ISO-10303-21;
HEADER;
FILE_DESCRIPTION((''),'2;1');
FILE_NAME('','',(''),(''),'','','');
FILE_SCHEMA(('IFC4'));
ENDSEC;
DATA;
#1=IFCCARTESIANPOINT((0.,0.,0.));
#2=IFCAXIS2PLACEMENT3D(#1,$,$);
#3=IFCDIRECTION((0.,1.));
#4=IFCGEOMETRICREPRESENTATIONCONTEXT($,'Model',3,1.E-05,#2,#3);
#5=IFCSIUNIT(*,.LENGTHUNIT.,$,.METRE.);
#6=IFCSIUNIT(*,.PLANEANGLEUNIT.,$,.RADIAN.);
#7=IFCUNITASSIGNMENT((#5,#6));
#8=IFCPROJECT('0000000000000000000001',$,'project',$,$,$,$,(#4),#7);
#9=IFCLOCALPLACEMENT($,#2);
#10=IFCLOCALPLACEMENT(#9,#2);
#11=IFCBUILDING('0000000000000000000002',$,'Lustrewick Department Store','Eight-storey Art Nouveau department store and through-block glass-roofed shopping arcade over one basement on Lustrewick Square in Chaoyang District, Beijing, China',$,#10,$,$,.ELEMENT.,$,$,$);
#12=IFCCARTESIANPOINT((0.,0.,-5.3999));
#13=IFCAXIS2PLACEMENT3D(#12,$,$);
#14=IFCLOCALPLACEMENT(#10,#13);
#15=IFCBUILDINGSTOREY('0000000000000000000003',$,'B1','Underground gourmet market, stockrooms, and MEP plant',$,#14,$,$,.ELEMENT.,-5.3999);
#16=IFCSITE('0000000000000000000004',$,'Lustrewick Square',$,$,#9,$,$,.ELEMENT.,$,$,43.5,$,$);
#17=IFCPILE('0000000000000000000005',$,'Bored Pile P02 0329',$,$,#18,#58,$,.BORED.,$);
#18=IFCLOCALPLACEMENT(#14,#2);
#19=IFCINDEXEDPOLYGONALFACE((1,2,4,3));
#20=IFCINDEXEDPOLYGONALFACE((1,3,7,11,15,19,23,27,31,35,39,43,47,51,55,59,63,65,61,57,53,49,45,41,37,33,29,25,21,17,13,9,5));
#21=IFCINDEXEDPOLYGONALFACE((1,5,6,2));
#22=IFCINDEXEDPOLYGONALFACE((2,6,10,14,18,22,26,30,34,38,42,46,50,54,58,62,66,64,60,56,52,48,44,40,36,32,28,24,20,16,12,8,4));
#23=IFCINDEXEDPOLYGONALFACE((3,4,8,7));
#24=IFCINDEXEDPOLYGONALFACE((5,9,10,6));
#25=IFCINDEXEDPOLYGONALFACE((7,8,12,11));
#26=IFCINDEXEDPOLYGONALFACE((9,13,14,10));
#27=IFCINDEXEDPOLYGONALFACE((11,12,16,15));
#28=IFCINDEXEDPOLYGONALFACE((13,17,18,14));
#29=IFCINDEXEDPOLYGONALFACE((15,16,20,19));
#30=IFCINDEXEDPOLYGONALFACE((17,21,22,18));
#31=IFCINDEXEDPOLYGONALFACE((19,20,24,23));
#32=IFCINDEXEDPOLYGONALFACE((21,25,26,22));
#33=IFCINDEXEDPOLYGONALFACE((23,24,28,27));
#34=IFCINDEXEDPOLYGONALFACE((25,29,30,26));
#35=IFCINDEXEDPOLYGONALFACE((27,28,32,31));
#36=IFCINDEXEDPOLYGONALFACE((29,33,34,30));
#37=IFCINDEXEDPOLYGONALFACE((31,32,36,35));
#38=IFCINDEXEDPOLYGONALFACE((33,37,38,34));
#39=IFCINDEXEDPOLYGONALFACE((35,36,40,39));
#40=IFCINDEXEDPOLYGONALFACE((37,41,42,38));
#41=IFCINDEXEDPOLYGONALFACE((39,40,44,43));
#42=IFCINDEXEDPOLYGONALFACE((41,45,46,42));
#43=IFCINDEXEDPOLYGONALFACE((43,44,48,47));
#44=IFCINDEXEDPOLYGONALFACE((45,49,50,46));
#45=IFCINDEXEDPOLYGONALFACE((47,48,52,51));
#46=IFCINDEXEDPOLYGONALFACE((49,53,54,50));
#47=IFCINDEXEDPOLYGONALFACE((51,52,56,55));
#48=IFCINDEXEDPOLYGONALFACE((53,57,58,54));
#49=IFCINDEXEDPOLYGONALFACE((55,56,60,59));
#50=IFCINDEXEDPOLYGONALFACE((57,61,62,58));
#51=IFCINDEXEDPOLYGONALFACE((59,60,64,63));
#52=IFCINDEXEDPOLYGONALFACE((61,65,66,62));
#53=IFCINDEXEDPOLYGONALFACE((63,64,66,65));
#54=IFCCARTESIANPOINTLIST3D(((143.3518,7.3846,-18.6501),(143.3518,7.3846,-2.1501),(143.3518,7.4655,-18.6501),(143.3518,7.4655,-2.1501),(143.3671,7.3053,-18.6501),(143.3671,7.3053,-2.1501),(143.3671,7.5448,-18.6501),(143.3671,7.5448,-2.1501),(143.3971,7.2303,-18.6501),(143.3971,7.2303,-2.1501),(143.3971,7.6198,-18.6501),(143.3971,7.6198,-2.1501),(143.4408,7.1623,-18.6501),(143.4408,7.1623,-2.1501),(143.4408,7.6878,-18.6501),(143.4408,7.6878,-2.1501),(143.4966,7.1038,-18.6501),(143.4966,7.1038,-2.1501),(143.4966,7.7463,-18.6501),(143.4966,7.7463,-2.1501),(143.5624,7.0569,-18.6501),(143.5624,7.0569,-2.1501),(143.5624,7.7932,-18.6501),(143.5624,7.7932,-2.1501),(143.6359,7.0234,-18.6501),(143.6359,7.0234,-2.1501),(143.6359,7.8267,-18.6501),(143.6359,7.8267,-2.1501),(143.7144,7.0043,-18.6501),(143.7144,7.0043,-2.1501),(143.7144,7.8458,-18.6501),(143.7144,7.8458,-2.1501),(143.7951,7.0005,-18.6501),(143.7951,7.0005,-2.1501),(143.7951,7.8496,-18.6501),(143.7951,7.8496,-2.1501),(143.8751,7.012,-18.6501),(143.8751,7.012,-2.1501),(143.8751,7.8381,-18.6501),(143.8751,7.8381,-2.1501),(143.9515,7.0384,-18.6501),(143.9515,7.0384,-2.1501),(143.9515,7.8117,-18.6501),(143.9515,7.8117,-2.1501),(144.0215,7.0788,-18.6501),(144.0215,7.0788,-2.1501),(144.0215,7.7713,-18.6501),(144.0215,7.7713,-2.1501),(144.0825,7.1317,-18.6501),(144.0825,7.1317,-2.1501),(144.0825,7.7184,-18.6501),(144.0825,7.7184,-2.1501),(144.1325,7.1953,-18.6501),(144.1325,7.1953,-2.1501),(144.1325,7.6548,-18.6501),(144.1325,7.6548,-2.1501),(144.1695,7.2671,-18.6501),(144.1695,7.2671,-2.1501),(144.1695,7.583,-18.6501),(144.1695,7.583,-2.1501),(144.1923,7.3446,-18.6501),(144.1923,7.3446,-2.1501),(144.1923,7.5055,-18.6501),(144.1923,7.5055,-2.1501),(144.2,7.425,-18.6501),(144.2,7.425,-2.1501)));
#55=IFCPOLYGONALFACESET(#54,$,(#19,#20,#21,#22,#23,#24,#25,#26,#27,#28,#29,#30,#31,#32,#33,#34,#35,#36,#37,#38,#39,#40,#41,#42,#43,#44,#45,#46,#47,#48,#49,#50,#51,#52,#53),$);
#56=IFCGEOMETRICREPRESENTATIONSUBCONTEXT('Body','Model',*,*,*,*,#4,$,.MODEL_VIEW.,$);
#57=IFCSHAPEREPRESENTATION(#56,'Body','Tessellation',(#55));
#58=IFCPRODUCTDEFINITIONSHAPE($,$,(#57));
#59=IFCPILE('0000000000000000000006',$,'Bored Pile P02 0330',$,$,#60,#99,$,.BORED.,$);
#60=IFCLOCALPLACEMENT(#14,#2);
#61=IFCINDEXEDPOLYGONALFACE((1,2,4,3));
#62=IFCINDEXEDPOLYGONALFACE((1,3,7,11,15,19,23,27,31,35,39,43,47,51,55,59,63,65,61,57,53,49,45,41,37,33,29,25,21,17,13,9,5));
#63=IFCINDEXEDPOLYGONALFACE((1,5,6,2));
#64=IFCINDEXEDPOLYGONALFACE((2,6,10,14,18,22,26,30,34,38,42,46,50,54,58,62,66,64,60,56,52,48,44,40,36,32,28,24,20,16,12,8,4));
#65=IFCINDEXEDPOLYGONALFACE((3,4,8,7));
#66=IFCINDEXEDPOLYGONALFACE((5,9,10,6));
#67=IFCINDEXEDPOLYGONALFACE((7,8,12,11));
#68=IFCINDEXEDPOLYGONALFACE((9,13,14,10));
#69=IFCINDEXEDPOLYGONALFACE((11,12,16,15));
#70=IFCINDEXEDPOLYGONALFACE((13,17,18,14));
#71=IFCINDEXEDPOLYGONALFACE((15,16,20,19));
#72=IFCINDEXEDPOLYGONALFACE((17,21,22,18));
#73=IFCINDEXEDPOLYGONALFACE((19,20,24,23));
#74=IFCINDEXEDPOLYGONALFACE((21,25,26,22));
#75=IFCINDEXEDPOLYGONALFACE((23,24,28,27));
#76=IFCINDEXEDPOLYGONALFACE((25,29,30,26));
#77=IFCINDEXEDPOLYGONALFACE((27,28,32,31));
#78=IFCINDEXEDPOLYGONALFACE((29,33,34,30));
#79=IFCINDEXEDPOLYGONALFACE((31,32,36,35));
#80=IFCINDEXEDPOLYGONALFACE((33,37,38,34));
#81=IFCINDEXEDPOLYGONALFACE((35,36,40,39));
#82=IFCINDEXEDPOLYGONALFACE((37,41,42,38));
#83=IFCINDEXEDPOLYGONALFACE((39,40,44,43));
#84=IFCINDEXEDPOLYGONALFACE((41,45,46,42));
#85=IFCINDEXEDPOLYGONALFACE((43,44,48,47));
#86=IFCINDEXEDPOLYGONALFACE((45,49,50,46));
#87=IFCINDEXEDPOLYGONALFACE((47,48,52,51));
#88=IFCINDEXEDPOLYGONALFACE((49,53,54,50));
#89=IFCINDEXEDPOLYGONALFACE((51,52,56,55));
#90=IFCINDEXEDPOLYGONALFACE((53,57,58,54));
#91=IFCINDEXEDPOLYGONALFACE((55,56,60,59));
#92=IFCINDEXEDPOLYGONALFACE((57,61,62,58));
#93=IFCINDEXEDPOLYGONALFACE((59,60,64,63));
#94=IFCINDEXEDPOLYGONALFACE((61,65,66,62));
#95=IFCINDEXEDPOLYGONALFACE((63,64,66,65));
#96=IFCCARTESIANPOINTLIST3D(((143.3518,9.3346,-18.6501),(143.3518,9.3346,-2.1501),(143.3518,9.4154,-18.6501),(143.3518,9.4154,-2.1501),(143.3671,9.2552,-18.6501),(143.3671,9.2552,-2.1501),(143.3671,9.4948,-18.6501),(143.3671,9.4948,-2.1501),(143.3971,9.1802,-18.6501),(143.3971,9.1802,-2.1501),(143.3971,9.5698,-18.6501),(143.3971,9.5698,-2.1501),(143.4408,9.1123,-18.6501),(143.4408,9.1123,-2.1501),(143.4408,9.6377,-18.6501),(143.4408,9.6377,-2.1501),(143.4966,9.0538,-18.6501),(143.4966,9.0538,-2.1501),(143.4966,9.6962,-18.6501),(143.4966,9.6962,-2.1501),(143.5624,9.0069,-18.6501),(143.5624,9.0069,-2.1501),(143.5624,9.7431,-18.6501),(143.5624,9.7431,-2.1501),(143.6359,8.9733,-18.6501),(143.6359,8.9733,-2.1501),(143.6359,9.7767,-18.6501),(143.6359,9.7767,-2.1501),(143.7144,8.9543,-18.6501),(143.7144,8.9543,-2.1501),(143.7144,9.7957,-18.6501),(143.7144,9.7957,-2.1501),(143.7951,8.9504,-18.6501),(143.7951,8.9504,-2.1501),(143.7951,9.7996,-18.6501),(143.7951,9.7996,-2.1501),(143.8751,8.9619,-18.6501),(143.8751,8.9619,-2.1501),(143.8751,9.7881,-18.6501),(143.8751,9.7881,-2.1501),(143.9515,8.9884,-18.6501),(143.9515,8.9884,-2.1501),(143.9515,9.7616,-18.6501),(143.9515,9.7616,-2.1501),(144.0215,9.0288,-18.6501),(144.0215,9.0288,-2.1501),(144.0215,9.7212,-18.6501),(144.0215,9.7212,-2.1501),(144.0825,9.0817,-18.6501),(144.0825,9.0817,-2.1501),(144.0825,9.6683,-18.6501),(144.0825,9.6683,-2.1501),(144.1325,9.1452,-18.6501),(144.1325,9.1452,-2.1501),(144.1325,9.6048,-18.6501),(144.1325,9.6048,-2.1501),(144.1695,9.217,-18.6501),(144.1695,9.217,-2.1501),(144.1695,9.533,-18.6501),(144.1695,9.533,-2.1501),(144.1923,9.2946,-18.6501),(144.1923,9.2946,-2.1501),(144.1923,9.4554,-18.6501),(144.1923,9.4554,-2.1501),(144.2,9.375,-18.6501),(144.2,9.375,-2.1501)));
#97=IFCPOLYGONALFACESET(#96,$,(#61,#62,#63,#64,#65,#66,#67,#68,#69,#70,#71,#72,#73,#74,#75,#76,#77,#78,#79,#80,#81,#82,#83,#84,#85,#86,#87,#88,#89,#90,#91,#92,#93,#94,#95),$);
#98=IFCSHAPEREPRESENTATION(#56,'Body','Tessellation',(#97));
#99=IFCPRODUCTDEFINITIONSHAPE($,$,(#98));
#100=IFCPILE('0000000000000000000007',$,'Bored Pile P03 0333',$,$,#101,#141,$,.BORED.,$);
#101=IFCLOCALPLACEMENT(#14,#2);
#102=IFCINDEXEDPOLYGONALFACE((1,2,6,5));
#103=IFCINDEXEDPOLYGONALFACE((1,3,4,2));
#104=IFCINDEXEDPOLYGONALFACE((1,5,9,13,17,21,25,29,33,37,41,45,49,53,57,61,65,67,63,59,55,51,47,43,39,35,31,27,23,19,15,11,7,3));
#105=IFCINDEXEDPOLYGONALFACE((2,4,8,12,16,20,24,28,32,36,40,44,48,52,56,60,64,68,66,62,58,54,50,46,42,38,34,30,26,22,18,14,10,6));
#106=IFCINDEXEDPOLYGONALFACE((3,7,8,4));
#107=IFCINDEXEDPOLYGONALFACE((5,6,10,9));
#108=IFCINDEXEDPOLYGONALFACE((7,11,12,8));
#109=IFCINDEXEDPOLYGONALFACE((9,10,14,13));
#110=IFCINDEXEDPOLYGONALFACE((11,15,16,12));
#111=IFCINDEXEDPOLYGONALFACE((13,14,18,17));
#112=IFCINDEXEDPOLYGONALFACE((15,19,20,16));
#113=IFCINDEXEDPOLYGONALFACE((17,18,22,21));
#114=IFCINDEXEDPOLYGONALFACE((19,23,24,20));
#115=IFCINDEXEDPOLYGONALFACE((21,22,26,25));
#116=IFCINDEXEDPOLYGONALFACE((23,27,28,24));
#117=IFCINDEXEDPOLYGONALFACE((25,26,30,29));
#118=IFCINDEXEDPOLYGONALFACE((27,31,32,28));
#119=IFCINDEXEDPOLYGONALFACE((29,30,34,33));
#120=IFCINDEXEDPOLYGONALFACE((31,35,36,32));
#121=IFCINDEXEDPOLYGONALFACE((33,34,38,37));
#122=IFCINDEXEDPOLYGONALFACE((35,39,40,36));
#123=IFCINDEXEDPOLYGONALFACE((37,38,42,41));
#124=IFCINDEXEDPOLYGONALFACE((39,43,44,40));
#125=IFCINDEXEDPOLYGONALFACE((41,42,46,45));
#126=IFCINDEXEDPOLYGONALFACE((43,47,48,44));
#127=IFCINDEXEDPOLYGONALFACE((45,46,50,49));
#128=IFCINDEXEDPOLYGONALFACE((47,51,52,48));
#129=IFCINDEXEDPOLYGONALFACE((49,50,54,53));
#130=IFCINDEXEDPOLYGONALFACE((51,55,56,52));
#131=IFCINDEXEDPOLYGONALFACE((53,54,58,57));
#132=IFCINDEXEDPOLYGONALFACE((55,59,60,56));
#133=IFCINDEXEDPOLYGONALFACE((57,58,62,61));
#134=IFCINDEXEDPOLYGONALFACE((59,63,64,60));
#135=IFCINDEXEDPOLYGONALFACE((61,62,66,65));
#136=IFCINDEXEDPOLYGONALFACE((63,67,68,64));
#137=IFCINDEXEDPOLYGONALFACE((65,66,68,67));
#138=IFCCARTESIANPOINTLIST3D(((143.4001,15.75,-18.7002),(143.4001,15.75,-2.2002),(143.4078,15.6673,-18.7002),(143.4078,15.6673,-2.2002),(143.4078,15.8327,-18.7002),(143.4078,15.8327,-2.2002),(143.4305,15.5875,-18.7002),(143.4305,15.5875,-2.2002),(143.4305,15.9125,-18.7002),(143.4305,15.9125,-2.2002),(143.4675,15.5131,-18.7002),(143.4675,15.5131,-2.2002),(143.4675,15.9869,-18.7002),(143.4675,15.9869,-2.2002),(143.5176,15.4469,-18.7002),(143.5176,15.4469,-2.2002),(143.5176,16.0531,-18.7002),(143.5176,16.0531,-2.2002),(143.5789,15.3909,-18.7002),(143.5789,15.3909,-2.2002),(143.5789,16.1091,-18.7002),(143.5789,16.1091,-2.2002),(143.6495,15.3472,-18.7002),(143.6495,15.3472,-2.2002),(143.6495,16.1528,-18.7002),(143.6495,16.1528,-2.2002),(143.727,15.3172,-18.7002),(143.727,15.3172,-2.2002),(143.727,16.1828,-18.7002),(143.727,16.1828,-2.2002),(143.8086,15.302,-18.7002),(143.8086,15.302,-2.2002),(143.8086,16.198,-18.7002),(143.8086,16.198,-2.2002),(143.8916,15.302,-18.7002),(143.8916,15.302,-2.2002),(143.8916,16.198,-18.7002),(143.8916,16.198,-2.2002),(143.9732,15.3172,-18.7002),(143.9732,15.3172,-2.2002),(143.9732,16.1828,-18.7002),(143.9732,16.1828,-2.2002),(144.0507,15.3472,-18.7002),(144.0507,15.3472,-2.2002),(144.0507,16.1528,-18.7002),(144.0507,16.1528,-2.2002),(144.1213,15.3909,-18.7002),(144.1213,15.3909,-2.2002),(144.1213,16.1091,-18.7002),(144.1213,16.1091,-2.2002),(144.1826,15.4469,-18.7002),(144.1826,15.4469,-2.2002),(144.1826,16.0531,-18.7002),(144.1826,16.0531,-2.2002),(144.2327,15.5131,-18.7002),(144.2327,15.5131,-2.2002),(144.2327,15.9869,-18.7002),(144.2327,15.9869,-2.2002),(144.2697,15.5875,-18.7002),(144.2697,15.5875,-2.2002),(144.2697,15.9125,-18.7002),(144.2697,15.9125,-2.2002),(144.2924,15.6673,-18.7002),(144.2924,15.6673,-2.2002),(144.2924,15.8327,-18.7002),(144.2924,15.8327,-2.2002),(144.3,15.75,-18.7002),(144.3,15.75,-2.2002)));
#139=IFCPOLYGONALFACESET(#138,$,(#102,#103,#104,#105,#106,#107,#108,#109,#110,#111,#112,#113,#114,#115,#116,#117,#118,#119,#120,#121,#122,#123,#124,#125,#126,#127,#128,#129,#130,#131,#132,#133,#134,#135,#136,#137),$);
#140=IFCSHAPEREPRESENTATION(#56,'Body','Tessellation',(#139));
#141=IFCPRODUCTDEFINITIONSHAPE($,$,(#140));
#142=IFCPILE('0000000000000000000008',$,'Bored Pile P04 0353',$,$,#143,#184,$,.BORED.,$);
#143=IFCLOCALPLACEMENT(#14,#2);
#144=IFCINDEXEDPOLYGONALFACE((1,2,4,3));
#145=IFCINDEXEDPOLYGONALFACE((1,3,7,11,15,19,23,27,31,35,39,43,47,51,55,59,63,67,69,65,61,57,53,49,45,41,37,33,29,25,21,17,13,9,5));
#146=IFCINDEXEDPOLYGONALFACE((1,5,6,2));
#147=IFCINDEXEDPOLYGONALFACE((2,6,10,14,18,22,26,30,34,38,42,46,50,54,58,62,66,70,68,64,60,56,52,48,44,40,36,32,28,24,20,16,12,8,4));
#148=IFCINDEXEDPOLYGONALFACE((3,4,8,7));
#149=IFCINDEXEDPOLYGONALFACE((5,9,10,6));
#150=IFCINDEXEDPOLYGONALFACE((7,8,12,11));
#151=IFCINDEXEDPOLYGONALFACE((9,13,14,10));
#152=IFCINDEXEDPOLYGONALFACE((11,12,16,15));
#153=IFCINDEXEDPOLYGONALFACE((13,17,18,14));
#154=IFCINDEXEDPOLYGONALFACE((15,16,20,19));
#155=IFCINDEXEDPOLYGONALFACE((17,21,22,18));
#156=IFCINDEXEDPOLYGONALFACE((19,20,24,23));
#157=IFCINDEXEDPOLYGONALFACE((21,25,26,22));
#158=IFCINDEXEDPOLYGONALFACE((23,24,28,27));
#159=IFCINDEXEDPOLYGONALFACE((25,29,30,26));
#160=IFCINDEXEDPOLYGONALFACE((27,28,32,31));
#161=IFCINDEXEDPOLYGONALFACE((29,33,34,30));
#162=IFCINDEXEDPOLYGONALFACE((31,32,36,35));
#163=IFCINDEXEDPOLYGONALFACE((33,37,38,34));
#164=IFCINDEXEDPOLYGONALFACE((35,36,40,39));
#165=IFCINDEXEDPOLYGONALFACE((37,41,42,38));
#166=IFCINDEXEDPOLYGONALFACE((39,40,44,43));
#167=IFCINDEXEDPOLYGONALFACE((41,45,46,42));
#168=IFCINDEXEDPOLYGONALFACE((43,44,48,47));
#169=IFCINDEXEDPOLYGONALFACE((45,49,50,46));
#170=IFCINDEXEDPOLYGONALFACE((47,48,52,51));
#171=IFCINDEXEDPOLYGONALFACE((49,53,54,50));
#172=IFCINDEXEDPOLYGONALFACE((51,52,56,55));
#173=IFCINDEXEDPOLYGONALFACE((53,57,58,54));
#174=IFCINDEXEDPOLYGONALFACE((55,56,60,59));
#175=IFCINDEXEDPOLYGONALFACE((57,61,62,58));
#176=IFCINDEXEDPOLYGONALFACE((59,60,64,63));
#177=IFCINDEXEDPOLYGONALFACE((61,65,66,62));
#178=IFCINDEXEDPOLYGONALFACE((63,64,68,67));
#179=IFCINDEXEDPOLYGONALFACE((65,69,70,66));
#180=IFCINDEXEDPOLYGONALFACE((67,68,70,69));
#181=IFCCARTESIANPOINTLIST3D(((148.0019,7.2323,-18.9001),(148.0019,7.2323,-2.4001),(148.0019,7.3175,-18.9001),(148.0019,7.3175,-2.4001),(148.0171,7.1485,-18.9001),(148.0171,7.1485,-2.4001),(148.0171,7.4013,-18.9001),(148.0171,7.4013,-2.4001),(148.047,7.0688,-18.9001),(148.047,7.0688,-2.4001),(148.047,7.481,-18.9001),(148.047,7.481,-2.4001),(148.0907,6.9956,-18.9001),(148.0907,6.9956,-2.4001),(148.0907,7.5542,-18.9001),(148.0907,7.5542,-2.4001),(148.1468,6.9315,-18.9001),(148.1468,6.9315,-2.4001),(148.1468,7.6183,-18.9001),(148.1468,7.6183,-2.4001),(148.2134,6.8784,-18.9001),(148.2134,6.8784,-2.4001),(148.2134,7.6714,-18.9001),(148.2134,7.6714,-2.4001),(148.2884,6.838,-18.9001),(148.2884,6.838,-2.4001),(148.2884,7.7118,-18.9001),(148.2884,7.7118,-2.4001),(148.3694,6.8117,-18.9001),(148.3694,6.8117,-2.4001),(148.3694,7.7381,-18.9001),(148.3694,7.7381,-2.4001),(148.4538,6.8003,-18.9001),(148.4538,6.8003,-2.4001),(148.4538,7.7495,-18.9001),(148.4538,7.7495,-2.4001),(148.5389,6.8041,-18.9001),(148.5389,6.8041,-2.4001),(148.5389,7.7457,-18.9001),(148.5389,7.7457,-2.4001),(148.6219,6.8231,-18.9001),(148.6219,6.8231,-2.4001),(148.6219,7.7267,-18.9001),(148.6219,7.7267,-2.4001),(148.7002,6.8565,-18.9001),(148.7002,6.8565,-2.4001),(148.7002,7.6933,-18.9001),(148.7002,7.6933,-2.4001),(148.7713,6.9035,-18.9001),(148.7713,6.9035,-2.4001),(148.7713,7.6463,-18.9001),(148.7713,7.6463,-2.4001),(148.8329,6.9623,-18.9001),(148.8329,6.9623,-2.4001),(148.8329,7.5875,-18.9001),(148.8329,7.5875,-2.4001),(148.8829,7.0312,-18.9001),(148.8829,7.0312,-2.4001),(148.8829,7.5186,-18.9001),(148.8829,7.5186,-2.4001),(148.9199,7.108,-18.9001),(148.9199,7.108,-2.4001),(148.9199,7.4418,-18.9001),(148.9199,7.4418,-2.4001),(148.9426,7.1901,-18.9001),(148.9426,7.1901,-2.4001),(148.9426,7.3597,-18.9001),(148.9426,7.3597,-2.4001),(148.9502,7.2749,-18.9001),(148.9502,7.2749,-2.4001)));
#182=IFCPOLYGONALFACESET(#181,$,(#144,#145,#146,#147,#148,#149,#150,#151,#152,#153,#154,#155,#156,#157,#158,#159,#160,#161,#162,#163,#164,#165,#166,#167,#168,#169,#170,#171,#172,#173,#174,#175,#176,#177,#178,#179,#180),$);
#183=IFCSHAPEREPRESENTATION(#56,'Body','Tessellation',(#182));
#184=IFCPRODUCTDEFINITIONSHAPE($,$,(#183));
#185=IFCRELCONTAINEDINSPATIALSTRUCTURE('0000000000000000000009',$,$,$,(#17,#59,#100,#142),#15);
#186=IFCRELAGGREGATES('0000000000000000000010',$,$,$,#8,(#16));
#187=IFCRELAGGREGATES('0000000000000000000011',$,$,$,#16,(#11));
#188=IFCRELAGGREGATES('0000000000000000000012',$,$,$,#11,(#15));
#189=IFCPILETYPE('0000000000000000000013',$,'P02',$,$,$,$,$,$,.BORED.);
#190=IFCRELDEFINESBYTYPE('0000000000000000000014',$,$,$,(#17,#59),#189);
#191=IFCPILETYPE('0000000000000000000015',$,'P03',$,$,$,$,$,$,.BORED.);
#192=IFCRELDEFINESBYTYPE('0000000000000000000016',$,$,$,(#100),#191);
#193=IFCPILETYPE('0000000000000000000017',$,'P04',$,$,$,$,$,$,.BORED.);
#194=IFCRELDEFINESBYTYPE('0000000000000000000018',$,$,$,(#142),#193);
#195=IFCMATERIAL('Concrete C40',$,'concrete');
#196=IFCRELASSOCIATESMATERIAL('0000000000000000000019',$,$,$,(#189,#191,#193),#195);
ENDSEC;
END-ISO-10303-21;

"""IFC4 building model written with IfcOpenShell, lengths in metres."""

from ifc_helpers import new_model, si_unit, direction, frame, origin, origin_2d, place, context, subcontext, project, spatial, circle, extrude, material, material_profile, profile_set, type_object, element, save


model = new_model("IFC4")

# Units and contexts
model_context = context("Model", 3, precision=1e-05, world=origin(), true_north=direction((0.0, 1.0)))
body_context = subcontext(model_context, "Body", "Model", "MODEL_VIEW")
ifc_project = project(units=[si_unit("LENGTHUNIT", "METRE"), si_unit("PLANEANGLEUNIT", "RADIAN")], contexts=[model_context])

# Site, building, storey
site_placement = place(None, origin())
site = spatial("IfcSite", under=ifc_project, at=site_placement, Name="Lustrewick Square", CompositionType="ELEMENT", RefElevation=43.5)
building_placement = place(site_placement, origin())
building = spatial("IfcBuilding", under=site, at=building_placement, Name="Lustrewick Department Store", Description="Eight-storey Art Nouveau department store and through-block glass-roofed shopping arcade over one basement on Lustrewick Square in Chaoyang District, Beijing, China", CompositionType="ELEMENT")
storey_placement = place(building_placement, frame((0.0, 0.0, -5.3999)))
storey = spatial("IfcBuildingStorey", under=building, at=storey_placement, Name="B1", Description="Underground gourmet market, stockrooms, and MEP plant", CompositionType="ELEMENT", Elevation=-5.3999)

# Piles
ifc_material_1 = material(Name="Concrete C40", Category="concrete")
ifc_material_profile_1 = material_profile(ifc_material_1, circle(Radius=0.425, at=origin_2d()), Name="PILE D850")
ifc_profile_set_1 = profile_set([ifc_material_profile_1], Name="Concrete C40")
pile_type_1 = type_object("IfcPileType", Name="P02", PredefinedType="BORED", material=ifc_profile_set_1)
for number, where, z_axis, x_axis, name in (
    (1, (143.7749, 7.425, -2.1501), (0.0, 0.0, -1.0), (1.0, 0.0, 0.0), "Bored Pile P02 0329"),
    (2, (143.7749, 9.375, -2.1501), (0.0, 0.0, -1.0), (1.0, 0.0, 0.0), "Bored Pile P02 0330"),
):
    element("IfcPile", number, at=place(storey_placement, frame(where, z_axis=z_axis, x_axis=x_axis)), inside=storey, type_object=pile_type_1, Name=name, PredefinedType="BORED", context=body_context, shape_type="SweptSolid", body=[
        extrude(circle(Radius=0.425, at=origin_2d()), origin(), (0.0, 0.0, 1.0), 16.5),
    ])
ifc_material_profile_2 = material_profile(ifc_material_1, circle(Radius=0.45, at=origin_2d()), Name="PILE D900")
ifc_profile_set_2 = profile_set([ifc_material_profile_2], Name="Concrete C40")
pile_type_2 = type_object("IfcPileType", Name="P03", PredefinedType="BORED", material=ifc_profile_set_2)
pile_placement = place(storey_placement, frame((143.8501, 15.75, -2.2002), z_axis=(0.0, 0.0, -1.0), x_axis=(1.0, 0.0, 0.0)))
element("IfcPile", 3, at=pile_placement, inside=storey, type_object=pile_type_2, Name="Bored Pile P03 0333", PredefinedType="BORED", context=body_context, shape_type="SweptSolid", body=[
    extrude(circle(Radius=0.45, at=origin_2d()), origin(), (0.0, 0.0, 1.0), 16.5),
])
ifc_material_profile_3 = material_profile(ifc_material_1, circle(Radius=0.4751, at=origin_2d()), Name="PILE D950")
ifc_profile_set_3 = profile_set([ifc_material_profile_3], Name="Concrete C40")
pile_type_3 = type_object("IfcPileType", Name="P04", PredefinedType="BORED", material=ifc_profile_set_3)
for number, where, z_axis, x_axis, name in (
    (4, (148.4751, 7.2749, -2.4001), (0.0, 0.0, -1.0), (1.0, 0.0, 0.0), "Bored Pile P04 0353"),
):
    element("IfcPile", number, at=place(storey_placement, frame(where, z_axis=z_axis, x_axis=x_axis)), inside=storey, type_object=pile_type_3, Name=name, PredefinedType="BORED", context=body_context, shape_type="SweptSolid", body=[
        extrude(circle(Radius=0.4751, at=origin_2d()), origin(), (0.0, 0.0, 1.0), 16.5),
    ])

save(model, "model.ifc")
